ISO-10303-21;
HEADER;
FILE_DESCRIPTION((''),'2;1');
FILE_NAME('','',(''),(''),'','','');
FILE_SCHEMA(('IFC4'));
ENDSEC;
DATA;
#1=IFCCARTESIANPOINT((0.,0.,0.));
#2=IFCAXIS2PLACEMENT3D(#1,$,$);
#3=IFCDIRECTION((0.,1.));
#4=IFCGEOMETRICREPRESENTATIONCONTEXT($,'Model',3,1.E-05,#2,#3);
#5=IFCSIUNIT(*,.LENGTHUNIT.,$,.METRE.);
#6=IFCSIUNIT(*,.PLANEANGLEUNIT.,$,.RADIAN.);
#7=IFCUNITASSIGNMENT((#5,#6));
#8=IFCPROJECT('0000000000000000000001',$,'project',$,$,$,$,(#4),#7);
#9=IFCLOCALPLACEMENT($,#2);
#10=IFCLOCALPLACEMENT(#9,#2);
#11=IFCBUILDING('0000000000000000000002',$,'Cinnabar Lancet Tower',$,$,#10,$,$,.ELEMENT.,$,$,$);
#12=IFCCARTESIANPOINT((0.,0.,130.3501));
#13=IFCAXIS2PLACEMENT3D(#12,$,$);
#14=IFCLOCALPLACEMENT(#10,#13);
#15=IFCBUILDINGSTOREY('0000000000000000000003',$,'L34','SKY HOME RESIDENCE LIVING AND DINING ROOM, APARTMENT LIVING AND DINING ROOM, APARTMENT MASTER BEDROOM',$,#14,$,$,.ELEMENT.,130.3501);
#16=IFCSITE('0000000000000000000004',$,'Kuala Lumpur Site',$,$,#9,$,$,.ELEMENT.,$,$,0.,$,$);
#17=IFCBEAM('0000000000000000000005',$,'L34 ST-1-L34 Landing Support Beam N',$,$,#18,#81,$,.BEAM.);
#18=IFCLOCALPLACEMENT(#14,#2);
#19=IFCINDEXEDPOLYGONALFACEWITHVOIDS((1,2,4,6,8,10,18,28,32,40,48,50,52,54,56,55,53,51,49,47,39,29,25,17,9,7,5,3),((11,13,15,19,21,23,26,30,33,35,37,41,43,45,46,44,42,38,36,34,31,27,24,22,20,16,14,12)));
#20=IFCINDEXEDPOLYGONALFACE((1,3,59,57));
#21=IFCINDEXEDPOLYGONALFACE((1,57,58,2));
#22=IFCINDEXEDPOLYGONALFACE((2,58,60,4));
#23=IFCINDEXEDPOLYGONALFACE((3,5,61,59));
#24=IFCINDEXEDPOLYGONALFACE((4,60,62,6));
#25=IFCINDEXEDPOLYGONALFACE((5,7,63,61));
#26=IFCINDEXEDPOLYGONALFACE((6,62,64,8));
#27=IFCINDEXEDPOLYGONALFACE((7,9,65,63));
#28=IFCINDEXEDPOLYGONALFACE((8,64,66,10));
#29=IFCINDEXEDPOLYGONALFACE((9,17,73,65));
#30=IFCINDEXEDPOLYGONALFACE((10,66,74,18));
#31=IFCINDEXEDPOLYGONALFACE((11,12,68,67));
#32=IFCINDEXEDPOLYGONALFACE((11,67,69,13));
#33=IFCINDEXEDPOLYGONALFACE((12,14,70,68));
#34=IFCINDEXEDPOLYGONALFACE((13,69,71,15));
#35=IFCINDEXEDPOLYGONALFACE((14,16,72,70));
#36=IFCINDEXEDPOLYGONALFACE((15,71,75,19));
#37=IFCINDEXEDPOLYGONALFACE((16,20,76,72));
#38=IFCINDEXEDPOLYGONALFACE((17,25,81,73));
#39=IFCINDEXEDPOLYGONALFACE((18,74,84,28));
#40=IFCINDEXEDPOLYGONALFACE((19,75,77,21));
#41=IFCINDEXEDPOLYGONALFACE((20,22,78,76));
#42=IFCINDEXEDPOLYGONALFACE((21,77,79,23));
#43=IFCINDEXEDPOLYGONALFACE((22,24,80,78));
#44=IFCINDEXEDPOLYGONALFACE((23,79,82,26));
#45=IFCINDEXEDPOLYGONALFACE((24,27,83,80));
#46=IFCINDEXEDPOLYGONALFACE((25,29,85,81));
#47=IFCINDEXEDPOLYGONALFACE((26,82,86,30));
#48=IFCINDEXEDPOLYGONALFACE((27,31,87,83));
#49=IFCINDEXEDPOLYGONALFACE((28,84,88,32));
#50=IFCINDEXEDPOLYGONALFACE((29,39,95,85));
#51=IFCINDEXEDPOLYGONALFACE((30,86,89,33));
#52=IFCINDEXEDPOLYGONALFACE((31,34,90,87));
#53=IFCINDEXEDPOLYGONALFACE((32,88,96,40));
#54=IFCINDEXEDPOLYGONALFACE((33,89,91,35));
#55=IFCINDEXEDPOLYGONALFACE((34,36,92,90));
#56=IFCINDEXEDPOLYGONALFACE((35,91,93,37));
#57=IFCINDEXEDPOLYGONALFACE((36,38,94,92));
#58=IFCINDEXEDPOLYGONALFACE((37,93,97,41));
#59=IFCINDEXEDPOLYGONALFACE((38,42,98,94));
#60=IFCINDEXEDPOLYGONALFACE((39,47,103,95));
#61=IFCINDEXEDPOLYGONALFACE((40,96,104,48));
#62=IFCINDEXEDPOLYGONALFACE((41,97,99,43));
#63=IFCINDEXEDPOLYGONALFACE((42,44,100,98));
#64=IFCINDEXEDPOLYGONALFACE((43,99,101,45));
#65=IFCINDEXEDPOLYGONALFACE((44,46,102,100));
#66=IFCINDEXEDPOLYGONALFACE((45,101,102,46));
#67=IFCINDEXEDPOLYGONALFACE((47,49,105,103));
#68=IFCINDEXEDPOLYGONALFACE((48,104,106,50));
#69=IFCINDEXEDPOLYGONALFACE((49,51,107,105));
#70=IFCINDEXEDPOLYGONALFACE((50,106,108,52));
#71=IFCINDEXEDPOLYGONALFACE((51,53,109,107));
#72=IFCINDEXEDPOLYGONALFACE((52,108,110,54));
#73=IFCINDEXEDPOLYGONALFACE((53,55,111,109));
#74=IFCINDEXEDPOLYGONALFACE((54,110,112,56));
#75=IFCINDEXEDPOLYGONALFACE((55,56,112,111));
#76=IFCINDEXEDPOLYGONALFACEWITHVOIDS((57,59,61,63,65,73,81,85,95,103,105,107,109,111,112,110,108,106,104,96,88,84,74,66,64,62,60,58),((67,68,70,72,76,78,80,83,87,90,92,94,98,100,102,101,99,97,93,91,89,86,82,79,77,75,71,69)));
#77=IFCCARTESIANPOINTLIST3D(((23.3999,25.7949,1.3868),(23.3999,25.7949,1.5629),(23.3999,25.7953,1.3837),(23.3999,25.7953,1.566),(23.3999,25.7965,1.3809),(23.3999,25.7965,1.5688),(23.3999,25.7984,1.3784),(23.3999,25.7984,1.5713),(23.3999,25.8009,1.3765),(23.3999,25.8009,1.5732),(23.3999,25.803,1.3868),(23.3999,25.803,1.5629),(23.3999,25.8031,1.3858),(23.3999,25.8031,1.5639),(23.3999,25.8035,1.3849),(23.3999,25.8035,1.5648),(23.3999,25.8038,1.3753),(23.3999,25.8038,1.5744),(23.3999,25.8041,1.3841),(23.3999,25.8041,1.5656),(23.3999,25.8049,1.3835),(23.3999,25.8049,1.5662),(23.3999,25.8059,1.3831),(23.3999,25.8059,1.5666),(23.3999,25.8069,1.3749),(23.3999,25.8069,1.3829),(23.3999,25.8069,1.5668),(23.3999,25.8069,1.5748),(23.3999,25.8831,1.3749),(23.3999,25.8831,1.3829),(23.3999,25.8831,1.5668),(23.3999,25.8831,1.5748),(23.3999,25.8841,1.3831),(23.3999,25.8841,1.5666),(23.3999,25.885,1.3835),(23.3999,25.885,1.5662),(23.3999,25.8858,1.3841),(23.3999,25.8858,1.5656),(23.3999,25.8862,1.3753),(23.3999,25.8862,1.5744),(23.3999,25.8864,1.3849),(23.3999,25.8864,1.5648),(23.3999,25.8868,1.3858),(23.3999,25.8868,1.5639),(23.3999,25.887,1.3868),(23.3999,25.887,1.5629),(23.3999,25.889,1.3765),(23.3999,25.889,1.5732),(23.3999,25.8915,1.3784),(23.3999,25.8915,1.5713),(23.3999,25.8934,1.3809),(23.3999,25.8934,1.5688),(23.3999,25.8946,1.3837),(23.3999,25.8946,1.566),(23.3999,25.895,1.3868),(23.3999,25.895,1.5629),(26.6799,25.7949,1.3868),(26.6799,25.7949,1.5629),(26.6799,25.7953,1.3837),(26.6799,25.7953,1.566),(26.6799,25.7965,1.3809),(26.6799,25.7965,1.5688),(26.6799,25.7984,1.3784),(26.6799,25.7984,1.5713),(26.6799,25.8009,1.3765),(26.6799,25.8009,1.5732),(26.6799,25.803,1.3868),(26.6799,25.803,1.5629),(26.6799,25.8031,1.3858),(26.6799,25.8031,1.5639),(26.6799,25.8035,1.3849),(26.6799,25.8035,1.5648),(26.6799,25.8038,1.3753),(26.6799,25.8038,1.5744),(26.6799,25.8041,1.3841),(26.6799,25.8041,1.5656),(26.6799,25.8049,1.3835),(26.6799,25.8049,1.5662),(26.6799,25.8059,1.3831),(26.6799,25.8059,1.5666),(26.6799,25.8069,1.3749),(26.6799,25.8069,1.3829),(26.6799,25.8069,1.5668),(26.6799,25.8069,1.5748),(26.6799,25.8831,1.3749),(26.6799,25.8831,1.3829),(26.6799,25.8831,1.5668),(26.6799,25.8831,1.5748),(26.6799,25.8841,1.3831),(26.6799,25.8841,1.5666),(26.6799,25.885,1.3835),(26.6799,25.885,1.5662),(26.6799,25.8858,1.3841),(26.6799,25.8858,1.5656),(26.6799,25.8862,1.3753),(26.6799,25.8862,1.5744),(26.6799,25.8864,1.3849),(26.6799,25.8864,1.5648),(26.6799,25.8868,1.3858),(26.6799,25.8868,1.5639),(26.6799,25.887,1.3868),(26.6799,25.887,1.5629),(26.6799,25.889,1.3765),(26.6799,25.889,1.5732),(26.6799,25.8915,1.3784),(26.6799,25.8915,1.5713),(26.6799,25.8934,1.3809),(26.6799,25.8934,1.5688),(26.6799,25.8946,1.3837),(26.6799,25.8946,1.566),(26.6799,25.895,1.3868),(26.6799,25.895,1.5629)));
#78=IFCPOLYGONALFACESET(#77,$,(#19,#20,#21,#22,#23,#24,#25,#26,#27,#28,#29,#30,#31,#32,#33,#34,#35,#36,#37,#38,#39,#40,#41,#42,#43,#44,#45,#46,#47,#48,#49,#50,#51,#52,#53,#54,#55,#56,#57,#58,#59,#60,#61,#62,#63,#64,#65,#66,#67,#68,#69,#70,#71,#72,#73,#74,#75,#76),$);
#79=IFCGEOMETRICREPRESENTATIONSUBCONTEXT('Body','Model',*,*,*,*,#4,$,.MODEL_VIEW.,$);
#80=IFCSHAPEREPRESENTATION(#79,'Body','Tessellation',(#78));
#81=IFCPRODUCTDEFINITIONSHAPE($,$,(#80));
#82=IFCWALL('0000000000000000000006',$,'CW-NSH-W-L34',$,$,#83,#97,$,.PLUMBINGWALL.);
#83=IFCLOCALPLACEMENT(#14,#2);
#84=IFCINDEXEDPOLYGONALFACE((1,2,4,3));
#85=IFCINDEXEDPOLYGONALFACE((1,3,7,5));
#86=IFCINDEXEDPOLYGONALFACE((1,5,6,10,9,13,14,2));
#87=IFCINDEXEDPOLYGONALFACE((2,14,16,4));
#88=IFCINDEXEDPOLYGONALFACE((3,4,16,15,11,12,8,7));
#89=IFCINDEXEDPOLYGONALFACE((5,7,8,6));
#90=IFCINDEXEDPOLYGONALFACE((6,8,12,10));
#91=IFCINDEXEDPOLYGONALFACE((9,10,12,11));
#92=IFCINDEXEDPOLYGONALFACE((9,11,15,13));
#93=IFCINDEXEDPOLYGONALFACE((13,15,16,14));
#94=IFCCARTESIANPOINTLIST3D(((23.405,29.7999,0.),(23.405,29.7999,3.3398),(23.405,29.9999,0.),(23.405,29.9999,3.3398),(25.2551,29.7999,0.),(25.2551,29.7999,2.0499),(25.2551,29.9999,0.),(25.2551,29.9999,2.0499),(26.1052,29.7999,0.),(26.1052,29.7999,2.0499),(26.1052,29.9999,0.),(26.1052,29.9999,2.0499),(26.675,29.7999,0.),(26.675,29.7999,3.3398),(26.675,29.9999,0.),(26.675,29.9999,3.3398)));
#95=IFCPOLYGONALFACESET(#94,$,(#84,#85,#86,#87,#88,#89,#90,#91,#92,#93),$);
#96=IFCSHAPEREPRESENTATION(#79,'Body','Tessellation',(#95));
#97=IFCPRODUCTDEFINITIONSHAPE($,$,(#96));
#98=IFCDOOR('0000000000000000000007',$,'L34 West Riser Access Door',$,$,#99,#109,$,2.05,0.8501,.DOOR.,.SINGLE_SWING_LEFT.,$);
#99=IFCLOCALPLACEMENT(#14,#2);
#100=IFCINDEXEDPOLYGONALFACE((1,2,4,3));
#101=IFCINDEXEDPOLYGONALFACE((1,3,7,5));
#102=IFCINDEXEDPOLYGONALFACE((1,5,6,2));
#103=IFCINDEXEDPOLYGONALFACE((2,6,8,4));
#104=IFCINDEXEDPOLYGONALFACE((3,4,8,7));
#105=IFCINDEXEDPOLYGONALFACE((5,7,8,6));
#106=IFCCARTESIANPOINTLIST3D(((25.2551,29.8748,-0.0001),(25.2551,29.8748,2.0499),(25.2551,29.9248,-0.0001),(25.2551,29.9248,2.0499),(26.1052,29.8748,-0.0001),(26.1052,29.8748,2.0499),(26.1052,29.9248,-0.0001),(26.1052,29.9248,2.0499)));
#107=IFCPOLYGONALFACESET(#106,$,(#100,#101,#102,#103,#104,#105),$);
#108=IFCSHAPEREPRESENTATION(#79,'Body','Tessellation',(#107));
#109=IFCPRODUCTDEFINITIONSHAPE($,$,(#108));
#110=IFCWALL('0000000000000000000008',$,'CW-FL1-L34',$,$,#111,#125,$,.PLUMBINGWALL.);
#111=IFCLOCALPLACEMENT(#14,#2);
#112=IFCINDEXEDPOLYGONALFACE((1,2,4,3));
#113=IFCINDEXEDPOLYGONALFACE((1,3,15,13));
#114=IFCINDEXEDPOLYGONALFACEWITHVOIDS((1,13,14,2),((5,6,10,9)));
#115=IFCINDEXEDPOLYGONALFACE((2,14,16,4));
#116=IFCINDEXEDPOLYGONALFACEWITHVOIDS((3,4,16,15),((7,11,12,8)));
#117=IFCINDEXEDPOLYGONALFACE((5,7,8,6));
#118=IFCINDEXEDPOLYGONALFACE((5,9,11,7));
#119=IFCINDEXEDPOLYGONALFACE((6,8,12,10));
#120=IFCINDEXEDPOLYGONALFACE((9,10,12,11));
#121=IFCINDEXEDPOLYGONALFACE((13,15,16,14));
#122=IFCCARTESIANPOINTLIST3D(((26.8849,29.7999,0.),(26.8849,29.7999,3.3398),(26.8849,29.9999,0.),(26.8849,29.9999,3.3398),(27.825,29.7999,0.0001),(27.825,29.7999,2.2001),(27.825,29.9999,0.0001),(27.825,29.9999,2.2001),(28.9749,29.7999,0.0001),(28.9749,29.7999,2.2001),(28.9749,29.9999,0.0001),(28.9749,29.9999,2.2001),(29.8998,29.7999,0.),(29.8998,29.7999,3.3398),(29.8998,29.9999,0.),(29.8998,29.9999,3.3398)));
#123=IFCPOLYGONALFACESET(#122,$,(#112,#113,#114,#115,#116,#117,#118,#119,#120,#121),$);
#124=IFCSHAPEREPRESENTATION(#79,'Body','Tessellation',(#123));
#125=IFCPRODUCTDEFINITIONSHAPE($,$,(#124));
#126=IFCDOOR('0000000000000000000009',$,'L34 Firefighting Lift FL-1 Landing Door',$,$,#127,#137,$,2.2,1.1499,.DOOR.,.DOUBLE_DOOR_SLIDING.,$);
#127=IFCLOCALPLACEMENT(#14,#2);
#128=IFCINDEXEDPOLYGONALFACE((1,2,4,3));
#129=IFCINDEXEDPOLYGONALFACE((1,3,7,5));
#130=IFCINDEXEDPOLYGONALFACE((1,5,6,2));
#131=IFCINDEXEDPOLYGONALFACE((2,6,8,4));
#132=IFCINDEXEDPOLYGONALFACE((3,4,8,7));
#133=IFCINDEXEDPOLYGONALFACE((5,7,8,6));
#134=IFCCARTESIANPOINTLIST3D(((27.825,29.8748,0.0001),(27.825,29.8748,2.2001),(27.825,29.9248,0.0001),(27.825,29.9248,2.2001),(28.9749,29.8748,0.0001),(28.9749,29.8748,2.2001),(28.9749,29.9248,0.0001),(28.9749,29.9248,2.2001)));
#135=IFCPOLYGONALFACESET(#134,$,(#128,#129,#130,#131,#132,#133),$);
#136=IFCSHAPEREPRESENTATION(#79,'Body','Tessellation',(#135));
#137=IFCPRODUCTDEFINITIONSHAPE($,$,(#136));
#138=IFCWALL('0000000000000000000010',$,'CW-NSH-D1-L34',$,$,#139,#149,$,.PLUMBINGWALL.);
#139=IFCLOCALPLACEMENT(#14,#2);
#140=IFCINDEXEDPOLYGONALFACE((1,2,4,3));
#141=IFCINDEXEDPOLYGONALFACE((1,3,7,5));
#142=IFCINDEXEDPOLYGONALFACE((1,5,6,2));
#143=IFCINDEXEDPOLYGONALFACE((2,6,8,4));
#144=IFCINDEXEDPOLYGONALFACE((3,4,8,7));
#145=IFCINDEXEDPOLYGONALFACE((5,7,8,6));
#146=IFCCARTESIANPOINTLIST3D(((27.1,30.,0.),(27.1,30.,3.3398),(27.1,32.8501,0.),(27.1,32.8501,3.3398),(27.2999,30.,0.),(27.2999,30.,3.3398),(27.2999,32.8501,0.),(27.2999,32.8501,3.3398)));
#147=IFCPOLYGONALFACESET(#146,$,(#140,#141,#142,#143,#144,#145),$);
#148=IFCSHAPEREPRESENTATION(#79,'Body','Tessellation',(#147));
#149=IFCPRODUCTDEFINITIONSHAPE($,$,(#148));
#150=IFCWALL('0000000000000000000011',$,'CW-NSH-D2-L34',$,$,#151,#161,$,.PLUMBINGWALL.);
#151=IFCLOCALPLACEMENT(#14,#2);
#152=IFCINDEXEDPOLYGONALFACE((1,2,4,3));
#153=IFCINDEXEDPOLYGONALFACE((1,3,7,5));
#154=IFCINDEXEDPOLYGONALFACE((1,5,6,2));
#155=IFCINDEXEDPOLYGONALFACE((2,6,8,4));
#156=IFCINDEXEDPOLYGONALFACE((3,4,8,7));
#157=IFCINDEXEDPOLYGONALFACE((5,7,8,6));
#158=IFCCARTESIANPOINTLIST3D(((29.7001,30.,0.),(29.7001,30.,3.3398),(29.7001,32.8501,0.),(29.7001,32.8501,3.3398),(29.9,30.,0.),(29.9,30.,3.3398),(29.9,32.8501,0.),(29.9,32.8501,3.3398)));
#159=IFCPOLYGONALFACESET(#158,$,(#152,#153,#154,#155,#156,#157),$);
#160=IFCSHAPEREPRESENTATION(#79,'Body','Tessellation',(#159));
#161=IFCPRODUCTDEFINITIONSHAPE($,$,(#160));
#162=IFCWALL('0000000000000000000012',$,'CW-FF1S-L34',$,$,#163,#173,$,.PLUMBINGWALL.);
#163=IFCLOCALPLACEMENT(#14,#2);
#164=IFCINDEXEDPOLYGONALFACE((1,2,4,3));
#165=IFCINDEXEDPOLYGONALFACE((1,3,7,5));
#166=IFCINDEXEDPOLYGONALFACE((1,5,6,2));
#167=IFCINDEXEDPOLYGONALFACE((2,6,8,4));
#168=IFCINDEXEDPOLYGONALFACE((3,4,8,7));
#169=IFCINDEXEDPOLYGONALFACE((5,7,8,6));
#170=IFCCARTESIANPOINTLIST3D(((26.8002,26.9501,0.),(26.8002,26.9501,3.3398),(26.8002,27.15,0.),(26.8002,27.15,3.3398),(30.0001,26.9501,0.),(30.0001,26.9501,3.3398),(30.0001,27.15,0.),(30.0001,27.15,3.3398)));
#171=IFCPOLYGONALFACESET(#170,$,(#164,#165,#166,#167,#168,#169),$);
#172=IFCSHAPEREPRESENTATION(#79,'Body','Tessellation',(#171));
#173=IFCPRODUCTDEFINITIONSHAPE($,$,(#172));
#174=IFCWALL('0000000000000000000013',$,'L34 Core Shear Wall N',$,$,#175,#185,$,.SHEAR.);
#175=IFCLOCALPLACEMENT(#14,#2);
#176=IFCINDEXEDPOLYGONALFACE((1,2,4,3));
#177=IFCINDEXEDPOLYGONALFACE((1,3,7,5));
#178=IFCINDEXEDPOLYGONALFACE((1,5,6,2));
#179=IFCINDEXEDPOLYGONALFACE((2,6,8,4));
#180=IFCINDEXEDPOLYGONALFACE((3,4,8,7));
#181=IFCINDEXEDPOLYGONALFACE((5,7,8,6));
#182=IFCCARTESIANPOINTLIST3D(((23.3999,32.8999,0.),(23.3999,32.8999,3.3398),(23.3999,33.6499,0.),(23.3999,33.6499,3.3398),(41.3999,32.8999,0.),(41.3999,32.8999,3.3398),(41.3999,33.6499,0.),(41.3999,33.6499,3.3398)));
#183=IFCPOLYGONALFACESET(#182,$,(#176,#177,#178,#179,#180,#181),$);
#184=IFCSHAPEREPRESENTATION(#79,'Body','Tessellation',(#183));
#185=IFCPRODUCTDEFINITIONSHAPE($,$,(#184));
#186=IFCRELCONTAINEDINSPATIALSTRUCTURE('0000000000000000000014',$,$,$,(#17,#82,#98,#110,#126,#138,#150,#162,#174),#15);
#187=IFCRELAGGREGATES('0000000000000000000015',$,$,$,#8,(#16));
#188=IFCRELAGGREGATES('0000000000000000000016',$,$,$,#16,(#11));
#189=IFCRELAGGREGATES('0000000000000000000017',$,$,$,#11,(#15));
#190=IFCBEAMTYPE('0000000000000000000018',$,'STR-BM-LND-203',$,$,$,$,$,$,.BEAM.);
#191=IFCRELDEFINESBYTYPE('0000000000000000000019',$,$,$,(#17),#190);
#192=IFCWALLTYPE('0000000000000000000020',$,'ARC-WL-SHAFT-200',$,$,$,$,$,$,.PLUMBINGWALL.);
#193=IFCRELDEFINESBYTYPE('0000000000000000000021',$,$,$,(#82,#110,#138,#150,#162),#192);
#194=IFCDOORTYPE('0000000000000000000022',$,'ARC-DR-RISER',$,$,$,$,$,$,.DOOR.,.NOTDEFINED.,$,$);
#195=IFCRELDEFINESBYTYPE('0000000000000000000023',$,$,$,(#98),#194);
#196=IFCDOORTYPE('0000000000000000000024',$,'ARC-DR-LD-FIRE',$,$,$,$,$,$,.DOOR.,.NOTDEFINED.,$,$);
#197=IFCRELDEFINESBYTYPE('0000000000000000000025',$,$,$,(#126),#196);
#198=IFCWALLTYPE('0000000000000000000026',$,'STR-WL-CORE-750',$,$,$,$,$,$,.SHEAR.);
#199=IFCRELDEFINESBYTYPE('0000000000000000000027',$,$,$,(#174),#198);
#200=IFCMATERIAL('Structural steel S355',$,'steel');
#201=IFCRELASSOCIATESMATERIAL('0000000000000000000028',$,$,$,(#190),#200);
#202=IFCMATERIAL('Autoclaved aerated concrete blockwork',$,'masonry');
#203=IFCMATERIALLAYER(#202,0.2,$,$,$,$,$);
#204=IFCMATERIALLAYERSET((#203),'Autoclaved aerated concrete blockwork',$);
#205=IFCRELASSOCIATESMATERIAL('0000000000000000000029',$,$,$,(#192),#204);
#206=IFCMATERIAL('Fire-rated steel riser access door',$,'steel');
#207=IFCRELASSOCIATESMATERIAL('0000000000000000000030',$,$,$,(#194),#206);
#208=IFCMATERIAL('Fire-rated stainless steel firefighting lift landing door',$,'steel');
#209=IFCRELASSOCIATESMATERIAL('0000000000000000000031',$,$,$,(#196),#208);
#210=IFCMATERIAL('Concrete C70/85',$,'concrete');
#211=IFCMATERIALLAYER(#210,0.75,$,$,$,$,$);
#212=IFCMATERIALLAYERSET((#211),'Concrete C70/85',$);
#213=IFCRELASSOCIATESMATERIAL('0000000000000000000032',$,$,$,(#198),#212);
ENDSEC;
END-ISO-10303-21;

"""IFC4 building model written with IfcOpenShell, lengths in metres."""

from ifc_helpers import new_model, si_unit, direction, frame, frame_2d, origin, origin_2d, place, context, subcontext, project, spatial, rectangle, hollow_rectangle, extrude, material, layer, layer_set, material_profile, profile_set, type_object, element, fill, save


model = new_model("IFC4")

# Units and contexts
model_context = context("Model", 3, precision=1e-05, world=origin(), true_north=direction((0.0, 1.0)))
body_context = subcontext(model_context, "Body", "Model", "MODEL_VIEW")
ifc_project = project(units=[si_unit("LENGTHUNIT", "METRE"), si_unit("PLANEANGLEUNIT", "RADIAN")], contexts=[model_context])

# Site, building, storey
site_placement = place(None, origin())
site = spatial("IfcSite", under=ifc_project, at=site_placement, Name="Kuala Lumpur Site", CompositionType="ELEMENT", RefElevation=0.0)
building_placement = place(site_placement, origin())
building = spatial("IfcBuilding", under=site, at=building_placement, Name="Cinnabar Lancet Tower", CompositionType="ELEMENT")
storey_placement = place(building_placement, frame((0.0, 0.0, 130.3501)))
storey = spatial("IfcBuildingStorey", under=building, at=storey_placement, Name="L34", Description="SKY HOME RESIDENCE LIVING AND DINING ROOM, APARTMENT LIVING AND DINING ROOM, APARTMENT MASTER BEDROOM", CompositionType="ELEMENT", Elevation=130.3501)

# Beam
ifc_material_1 = material(Name="Structural steel S355", Category="steel")
ifc_material_profile_1 = material_profile(ifc_material_1, hollow_rectangle(XDim=0.1001, YDim=0.2, WallThickness=0.0081, InnerFilletRadius=0.0039, OuterFilletRadius=0.012, at=origin_2d()), Name="RHS 200x100x8")
ifc_profile_set_1 = profile_set([ifc_material_profile_1], Name="Structural steel S355")
beam_type_1 = type_object("IfcBeamType", Name="STR-BM-LND-203", PredefinedType="BEAM", material=ifc_profile_set_1)
beam_1_placement = place(storey_placement, frame((23.3999, 25.845, 1.4749), z_axis=(1.0, 0.0, 0.0), x_axis=(0.0, 1.0, 0.0)))
element("IfcBeam", 1, at=beam_1_placement, inside=storey, type_object=beam_type_1, Name="L34 ST-1-L34 Landing Support Beam N", PredefinedType="BEAM", context=body_context, shape_type="SweptSolid", body=[
    extrude(hollow_rectangle(XDim=0.1001, YDim=0.2, WallThickness=0.0081, InnerFilletRadius=0.0039, OuterFilletRadius=0.012, at=origin_2d()), origin(), (0.0, 0.0, 1.0), 3.28),
])

# Walls, openings, doors
ifc_material_2 = material(Name="Autoclaved aerated concrete blockwork", Category="masonry")
ifc_layer_1 = layer(ifc_material_2, 0.2)
ifc_layer_set_1 = layer_set([ifc_layer_1], Name="Autoclaved aerated concrete blockwork")
wall_type_1 = type_object("IfcWallType", Name="ARC-WL-SHAFT-200", PredefinedType="PLUMBINGWALL", material=ifc_layer_set_1)
wall_1_placement = place(storey_placement, frame((23.405, 29.8999, 0.0), z_axis=(0.0, 0.0, 1.0), x_axis=(1.0, 0.0, 0.0)))
wall_1 = element("IfcWall", 2, at=wall_1_placement, inside=storey, type_object=wall_type_1, Name="CW-NSH-W-L34", PredefinedType="PLUMBINGWALL", context=body_context, shape_type="SweptSolid", body=[
    extrude(rectangle(XDim=3.27, YDim=0.2, at=frame_2d((1.635, 0.0))), origin(), (0.0, 0.0, 1.0), 3.3398),
])
opening_1_placement = place(wall_1_placement, frame((1.8501, 0.0, 0.0)))
opening_1 = element("IfcOpeningElement", 3, at=opening_1_placement, cuts=wall_1, PredefinedType="OPENING", context=body_context, shape_type="SweptSolid", body=[
    extrude(rectangle(XDim=0.8501, YDim=2.05, at=frame_2d((0.425, 1.0249))), frame((0.0, 0.1099, 0.0), z_axis=(0.0, -1.0, 0.0), x_axis=(1.0, 0.0, 0.0)), (0.0, 0.0, 1.0), 0.22),
])
ifc_material_3 = material(Name="Fire-rated steel riser access door", Category="steel")
door_type_1 = type_object("IfcDoorType", Name="ARC-DR-RISER", OperationType="NOTDEFINED", PredefinedType="DOOR", material=ifc_material_3)
door_1_placement = place(opening_1_placement, origin())
door_1 = element("IfcDoor", 4, at=door_1_placement, inside=storey, type_object=door_type_1, Name="L34 West Riser Access Door", OperationType="SINGLE_SWING_LEFT", OverallHeight=2.05, OverallWidth=0.8501, PredefinedType="DOOR", context=body_context, shape_type="SweptSolid", body=[
    extrude(rectangle(XDim=0.8501, YDim=2.05, at=frame_2d((0.425, 1.0249))), frame((0.0, 0.0249, 0.0), z_axis=(0.0, -1.0, 0.0), x_axis=(1.0, 0.0, 0.0)), (0.0, 0.0, 1.0), 0.05),
])
fill(opening_1, door_1)
wall_2_placement = place(storey_placement, frame((26.885, 29.8999, 0.0), z_axis=(0.0, 0.0, 1.0), x_axis=(1.0, 0.0, 0.0)))
wall_2 = element("IfcWall", 5, at=wall_2_placement, inside=storey, type_object=wall_type_1, Name="CW-FL1-L34", PredefinedType="PLUMBINGWALL", context=body_context, shape_type="SweptSolid", body=[
    extrude(rectangle(XDim=3.0149, YDim=0.2, at=frame_2d((1.5073, 0.0))), origin(), (0.0, 0.0, 1.0), 3.3398),
])
opening_2_placement = place(wall_2_placement, frame((0.9399, 0.0, 0.0)))
opening_2 = element("IfcOpeningElement", 6, at=opening_2_placement, cuts=wall_2, PredefinedType="OPENING", context=body_context, shape_type="SweptSolid", body=[
    extrude(rectangle(XDim=1.1499, YDim=2.2, at=frame_2d((0.575, 1.1001))), frame((0.0, 0.1099, 0.0), z_axis=(0.0, -1.0, 0.0), x_axis=(1.0, 0.0, 0.0)), (0.0, 0.0, 1.0), 0.22),
])
ifc_material_4 = material(Name="Fire-rated stainless steel firefighting lift landing door", Category="steel")
door_type_2 = type_object("IfcDoorType", Name="ARC-DR-LD-FIRE", OperationType="NOTDEFINED", PredefinedType="DOOR", material=ifc_material_4)
door_2_placement = place(opening_2_placement, origin())
door_2 = element("IfcDoor", 7, at=door_2_placement, inside=storey, type_object=door_type_2, Name="L34 Firefighting Lift FL-1 Landing Door", OperationType="DOUBLE_DOOR_SLIDING", OverallHeight=2.2, OverallWidth=1.1499, PredefinedType="DOOR", context=body_context, shape_type="SweptSolid", body=[
    extrude(rectangle(XDim=1.1499, YDim=2.2, at=frame_2d((0.575, 1.1001))), frame((0.0, 0.0249, 0.0), z_axis=(0.0, -1.0, 0.0), x_axis=(1.0, 0.0, 0.0)), (0.0, 0.0, 1.0), 0.05),
])
fill(opening_2, door_2)

# Walls
for number, where, z_axis, x_axis, name in (
    (8, (27.2, 30.0, 0.0), (0.0, 0.0, 1.0), (0.0, 1.0, 0.0), "CW-NSH-D1-L34"),
    (9, (29.8, 30.0, 0.0), (0.0, 0.0, 1.0), (0.0, 1.0, 0.0), "CW-NSH-D2-L34"),
):
    element("IfcWall", number, at=place(storey_placement, frame(where, z_axis=z_axis, x_axis=x_axis)), inside=storey, type_object=wall_type_1, Name=name, PredefinedType="PLUMBINGWALL", context=body_context, shape_type="SweptSolid", body=[
        extrude(rectangle(XDim=2.8501, YDim=0.2, at=frame_2d((1.425, 0.0))), origin(), (0.0, 0.0, 1.0), 3.3398),
    ])
wall_3_placement = place(storey_placement, frame((26.8, 27.05, 0.0), z_axis=(0.0, 0.0, 1.0), x_axis=(1.0, 0.0, 0.0)))
element("IfcWall", 10, at=wall_3_placement, inside=storey, type_object=wall_type_1, Name="CW-FF1S-L34", PredefinedType="PLUMBINGWALL", context=body_context, shape_type="SweptSolid", body=[
    extrude(rectangle(XDim=3.2, YDim=0.2, at=frame_2d((1.6001, 0.0))), origin(), (0.0, 0.0, 1.0), 3.3398),
])
ifc_material_5 = material(Name="Concrete C70/85", Category="concrete")
ifc_layer_2 = layer(ifc_material_5, 0.75)
ifc_layer_set_2 = layer_set([ifc_layer_2], Name="Concrete C70/85")
wall_type_2 = type_object("IfcWallType", Name="STR-WL-CORE-750", PredefinedType="SHEAR", material=ifc_layer_set_2)
wall_4_placement = place(storey_placement, frame((23.3999, 33.2749, 0.0), z_axis=(0.0, 0.0, 1.0), x_axis=(1.0, 0.0, 0.0)))
element("IfcWall", 11, at=wall_4_placement, inside=storey, type_object=wall_type_2, Name="L34 Core Shear Wall N", PredefinedType="SHEAR", context=body_context, shape_type="SweptSolid", body=[
    extrude(rectangle(XDim=18.0, YDim=0.75, at=frame_2d((9.0, 0.0))), origin(), (0.0, 0.0, 1.0), 3.3398),
])

save(model, "model.ifc")
